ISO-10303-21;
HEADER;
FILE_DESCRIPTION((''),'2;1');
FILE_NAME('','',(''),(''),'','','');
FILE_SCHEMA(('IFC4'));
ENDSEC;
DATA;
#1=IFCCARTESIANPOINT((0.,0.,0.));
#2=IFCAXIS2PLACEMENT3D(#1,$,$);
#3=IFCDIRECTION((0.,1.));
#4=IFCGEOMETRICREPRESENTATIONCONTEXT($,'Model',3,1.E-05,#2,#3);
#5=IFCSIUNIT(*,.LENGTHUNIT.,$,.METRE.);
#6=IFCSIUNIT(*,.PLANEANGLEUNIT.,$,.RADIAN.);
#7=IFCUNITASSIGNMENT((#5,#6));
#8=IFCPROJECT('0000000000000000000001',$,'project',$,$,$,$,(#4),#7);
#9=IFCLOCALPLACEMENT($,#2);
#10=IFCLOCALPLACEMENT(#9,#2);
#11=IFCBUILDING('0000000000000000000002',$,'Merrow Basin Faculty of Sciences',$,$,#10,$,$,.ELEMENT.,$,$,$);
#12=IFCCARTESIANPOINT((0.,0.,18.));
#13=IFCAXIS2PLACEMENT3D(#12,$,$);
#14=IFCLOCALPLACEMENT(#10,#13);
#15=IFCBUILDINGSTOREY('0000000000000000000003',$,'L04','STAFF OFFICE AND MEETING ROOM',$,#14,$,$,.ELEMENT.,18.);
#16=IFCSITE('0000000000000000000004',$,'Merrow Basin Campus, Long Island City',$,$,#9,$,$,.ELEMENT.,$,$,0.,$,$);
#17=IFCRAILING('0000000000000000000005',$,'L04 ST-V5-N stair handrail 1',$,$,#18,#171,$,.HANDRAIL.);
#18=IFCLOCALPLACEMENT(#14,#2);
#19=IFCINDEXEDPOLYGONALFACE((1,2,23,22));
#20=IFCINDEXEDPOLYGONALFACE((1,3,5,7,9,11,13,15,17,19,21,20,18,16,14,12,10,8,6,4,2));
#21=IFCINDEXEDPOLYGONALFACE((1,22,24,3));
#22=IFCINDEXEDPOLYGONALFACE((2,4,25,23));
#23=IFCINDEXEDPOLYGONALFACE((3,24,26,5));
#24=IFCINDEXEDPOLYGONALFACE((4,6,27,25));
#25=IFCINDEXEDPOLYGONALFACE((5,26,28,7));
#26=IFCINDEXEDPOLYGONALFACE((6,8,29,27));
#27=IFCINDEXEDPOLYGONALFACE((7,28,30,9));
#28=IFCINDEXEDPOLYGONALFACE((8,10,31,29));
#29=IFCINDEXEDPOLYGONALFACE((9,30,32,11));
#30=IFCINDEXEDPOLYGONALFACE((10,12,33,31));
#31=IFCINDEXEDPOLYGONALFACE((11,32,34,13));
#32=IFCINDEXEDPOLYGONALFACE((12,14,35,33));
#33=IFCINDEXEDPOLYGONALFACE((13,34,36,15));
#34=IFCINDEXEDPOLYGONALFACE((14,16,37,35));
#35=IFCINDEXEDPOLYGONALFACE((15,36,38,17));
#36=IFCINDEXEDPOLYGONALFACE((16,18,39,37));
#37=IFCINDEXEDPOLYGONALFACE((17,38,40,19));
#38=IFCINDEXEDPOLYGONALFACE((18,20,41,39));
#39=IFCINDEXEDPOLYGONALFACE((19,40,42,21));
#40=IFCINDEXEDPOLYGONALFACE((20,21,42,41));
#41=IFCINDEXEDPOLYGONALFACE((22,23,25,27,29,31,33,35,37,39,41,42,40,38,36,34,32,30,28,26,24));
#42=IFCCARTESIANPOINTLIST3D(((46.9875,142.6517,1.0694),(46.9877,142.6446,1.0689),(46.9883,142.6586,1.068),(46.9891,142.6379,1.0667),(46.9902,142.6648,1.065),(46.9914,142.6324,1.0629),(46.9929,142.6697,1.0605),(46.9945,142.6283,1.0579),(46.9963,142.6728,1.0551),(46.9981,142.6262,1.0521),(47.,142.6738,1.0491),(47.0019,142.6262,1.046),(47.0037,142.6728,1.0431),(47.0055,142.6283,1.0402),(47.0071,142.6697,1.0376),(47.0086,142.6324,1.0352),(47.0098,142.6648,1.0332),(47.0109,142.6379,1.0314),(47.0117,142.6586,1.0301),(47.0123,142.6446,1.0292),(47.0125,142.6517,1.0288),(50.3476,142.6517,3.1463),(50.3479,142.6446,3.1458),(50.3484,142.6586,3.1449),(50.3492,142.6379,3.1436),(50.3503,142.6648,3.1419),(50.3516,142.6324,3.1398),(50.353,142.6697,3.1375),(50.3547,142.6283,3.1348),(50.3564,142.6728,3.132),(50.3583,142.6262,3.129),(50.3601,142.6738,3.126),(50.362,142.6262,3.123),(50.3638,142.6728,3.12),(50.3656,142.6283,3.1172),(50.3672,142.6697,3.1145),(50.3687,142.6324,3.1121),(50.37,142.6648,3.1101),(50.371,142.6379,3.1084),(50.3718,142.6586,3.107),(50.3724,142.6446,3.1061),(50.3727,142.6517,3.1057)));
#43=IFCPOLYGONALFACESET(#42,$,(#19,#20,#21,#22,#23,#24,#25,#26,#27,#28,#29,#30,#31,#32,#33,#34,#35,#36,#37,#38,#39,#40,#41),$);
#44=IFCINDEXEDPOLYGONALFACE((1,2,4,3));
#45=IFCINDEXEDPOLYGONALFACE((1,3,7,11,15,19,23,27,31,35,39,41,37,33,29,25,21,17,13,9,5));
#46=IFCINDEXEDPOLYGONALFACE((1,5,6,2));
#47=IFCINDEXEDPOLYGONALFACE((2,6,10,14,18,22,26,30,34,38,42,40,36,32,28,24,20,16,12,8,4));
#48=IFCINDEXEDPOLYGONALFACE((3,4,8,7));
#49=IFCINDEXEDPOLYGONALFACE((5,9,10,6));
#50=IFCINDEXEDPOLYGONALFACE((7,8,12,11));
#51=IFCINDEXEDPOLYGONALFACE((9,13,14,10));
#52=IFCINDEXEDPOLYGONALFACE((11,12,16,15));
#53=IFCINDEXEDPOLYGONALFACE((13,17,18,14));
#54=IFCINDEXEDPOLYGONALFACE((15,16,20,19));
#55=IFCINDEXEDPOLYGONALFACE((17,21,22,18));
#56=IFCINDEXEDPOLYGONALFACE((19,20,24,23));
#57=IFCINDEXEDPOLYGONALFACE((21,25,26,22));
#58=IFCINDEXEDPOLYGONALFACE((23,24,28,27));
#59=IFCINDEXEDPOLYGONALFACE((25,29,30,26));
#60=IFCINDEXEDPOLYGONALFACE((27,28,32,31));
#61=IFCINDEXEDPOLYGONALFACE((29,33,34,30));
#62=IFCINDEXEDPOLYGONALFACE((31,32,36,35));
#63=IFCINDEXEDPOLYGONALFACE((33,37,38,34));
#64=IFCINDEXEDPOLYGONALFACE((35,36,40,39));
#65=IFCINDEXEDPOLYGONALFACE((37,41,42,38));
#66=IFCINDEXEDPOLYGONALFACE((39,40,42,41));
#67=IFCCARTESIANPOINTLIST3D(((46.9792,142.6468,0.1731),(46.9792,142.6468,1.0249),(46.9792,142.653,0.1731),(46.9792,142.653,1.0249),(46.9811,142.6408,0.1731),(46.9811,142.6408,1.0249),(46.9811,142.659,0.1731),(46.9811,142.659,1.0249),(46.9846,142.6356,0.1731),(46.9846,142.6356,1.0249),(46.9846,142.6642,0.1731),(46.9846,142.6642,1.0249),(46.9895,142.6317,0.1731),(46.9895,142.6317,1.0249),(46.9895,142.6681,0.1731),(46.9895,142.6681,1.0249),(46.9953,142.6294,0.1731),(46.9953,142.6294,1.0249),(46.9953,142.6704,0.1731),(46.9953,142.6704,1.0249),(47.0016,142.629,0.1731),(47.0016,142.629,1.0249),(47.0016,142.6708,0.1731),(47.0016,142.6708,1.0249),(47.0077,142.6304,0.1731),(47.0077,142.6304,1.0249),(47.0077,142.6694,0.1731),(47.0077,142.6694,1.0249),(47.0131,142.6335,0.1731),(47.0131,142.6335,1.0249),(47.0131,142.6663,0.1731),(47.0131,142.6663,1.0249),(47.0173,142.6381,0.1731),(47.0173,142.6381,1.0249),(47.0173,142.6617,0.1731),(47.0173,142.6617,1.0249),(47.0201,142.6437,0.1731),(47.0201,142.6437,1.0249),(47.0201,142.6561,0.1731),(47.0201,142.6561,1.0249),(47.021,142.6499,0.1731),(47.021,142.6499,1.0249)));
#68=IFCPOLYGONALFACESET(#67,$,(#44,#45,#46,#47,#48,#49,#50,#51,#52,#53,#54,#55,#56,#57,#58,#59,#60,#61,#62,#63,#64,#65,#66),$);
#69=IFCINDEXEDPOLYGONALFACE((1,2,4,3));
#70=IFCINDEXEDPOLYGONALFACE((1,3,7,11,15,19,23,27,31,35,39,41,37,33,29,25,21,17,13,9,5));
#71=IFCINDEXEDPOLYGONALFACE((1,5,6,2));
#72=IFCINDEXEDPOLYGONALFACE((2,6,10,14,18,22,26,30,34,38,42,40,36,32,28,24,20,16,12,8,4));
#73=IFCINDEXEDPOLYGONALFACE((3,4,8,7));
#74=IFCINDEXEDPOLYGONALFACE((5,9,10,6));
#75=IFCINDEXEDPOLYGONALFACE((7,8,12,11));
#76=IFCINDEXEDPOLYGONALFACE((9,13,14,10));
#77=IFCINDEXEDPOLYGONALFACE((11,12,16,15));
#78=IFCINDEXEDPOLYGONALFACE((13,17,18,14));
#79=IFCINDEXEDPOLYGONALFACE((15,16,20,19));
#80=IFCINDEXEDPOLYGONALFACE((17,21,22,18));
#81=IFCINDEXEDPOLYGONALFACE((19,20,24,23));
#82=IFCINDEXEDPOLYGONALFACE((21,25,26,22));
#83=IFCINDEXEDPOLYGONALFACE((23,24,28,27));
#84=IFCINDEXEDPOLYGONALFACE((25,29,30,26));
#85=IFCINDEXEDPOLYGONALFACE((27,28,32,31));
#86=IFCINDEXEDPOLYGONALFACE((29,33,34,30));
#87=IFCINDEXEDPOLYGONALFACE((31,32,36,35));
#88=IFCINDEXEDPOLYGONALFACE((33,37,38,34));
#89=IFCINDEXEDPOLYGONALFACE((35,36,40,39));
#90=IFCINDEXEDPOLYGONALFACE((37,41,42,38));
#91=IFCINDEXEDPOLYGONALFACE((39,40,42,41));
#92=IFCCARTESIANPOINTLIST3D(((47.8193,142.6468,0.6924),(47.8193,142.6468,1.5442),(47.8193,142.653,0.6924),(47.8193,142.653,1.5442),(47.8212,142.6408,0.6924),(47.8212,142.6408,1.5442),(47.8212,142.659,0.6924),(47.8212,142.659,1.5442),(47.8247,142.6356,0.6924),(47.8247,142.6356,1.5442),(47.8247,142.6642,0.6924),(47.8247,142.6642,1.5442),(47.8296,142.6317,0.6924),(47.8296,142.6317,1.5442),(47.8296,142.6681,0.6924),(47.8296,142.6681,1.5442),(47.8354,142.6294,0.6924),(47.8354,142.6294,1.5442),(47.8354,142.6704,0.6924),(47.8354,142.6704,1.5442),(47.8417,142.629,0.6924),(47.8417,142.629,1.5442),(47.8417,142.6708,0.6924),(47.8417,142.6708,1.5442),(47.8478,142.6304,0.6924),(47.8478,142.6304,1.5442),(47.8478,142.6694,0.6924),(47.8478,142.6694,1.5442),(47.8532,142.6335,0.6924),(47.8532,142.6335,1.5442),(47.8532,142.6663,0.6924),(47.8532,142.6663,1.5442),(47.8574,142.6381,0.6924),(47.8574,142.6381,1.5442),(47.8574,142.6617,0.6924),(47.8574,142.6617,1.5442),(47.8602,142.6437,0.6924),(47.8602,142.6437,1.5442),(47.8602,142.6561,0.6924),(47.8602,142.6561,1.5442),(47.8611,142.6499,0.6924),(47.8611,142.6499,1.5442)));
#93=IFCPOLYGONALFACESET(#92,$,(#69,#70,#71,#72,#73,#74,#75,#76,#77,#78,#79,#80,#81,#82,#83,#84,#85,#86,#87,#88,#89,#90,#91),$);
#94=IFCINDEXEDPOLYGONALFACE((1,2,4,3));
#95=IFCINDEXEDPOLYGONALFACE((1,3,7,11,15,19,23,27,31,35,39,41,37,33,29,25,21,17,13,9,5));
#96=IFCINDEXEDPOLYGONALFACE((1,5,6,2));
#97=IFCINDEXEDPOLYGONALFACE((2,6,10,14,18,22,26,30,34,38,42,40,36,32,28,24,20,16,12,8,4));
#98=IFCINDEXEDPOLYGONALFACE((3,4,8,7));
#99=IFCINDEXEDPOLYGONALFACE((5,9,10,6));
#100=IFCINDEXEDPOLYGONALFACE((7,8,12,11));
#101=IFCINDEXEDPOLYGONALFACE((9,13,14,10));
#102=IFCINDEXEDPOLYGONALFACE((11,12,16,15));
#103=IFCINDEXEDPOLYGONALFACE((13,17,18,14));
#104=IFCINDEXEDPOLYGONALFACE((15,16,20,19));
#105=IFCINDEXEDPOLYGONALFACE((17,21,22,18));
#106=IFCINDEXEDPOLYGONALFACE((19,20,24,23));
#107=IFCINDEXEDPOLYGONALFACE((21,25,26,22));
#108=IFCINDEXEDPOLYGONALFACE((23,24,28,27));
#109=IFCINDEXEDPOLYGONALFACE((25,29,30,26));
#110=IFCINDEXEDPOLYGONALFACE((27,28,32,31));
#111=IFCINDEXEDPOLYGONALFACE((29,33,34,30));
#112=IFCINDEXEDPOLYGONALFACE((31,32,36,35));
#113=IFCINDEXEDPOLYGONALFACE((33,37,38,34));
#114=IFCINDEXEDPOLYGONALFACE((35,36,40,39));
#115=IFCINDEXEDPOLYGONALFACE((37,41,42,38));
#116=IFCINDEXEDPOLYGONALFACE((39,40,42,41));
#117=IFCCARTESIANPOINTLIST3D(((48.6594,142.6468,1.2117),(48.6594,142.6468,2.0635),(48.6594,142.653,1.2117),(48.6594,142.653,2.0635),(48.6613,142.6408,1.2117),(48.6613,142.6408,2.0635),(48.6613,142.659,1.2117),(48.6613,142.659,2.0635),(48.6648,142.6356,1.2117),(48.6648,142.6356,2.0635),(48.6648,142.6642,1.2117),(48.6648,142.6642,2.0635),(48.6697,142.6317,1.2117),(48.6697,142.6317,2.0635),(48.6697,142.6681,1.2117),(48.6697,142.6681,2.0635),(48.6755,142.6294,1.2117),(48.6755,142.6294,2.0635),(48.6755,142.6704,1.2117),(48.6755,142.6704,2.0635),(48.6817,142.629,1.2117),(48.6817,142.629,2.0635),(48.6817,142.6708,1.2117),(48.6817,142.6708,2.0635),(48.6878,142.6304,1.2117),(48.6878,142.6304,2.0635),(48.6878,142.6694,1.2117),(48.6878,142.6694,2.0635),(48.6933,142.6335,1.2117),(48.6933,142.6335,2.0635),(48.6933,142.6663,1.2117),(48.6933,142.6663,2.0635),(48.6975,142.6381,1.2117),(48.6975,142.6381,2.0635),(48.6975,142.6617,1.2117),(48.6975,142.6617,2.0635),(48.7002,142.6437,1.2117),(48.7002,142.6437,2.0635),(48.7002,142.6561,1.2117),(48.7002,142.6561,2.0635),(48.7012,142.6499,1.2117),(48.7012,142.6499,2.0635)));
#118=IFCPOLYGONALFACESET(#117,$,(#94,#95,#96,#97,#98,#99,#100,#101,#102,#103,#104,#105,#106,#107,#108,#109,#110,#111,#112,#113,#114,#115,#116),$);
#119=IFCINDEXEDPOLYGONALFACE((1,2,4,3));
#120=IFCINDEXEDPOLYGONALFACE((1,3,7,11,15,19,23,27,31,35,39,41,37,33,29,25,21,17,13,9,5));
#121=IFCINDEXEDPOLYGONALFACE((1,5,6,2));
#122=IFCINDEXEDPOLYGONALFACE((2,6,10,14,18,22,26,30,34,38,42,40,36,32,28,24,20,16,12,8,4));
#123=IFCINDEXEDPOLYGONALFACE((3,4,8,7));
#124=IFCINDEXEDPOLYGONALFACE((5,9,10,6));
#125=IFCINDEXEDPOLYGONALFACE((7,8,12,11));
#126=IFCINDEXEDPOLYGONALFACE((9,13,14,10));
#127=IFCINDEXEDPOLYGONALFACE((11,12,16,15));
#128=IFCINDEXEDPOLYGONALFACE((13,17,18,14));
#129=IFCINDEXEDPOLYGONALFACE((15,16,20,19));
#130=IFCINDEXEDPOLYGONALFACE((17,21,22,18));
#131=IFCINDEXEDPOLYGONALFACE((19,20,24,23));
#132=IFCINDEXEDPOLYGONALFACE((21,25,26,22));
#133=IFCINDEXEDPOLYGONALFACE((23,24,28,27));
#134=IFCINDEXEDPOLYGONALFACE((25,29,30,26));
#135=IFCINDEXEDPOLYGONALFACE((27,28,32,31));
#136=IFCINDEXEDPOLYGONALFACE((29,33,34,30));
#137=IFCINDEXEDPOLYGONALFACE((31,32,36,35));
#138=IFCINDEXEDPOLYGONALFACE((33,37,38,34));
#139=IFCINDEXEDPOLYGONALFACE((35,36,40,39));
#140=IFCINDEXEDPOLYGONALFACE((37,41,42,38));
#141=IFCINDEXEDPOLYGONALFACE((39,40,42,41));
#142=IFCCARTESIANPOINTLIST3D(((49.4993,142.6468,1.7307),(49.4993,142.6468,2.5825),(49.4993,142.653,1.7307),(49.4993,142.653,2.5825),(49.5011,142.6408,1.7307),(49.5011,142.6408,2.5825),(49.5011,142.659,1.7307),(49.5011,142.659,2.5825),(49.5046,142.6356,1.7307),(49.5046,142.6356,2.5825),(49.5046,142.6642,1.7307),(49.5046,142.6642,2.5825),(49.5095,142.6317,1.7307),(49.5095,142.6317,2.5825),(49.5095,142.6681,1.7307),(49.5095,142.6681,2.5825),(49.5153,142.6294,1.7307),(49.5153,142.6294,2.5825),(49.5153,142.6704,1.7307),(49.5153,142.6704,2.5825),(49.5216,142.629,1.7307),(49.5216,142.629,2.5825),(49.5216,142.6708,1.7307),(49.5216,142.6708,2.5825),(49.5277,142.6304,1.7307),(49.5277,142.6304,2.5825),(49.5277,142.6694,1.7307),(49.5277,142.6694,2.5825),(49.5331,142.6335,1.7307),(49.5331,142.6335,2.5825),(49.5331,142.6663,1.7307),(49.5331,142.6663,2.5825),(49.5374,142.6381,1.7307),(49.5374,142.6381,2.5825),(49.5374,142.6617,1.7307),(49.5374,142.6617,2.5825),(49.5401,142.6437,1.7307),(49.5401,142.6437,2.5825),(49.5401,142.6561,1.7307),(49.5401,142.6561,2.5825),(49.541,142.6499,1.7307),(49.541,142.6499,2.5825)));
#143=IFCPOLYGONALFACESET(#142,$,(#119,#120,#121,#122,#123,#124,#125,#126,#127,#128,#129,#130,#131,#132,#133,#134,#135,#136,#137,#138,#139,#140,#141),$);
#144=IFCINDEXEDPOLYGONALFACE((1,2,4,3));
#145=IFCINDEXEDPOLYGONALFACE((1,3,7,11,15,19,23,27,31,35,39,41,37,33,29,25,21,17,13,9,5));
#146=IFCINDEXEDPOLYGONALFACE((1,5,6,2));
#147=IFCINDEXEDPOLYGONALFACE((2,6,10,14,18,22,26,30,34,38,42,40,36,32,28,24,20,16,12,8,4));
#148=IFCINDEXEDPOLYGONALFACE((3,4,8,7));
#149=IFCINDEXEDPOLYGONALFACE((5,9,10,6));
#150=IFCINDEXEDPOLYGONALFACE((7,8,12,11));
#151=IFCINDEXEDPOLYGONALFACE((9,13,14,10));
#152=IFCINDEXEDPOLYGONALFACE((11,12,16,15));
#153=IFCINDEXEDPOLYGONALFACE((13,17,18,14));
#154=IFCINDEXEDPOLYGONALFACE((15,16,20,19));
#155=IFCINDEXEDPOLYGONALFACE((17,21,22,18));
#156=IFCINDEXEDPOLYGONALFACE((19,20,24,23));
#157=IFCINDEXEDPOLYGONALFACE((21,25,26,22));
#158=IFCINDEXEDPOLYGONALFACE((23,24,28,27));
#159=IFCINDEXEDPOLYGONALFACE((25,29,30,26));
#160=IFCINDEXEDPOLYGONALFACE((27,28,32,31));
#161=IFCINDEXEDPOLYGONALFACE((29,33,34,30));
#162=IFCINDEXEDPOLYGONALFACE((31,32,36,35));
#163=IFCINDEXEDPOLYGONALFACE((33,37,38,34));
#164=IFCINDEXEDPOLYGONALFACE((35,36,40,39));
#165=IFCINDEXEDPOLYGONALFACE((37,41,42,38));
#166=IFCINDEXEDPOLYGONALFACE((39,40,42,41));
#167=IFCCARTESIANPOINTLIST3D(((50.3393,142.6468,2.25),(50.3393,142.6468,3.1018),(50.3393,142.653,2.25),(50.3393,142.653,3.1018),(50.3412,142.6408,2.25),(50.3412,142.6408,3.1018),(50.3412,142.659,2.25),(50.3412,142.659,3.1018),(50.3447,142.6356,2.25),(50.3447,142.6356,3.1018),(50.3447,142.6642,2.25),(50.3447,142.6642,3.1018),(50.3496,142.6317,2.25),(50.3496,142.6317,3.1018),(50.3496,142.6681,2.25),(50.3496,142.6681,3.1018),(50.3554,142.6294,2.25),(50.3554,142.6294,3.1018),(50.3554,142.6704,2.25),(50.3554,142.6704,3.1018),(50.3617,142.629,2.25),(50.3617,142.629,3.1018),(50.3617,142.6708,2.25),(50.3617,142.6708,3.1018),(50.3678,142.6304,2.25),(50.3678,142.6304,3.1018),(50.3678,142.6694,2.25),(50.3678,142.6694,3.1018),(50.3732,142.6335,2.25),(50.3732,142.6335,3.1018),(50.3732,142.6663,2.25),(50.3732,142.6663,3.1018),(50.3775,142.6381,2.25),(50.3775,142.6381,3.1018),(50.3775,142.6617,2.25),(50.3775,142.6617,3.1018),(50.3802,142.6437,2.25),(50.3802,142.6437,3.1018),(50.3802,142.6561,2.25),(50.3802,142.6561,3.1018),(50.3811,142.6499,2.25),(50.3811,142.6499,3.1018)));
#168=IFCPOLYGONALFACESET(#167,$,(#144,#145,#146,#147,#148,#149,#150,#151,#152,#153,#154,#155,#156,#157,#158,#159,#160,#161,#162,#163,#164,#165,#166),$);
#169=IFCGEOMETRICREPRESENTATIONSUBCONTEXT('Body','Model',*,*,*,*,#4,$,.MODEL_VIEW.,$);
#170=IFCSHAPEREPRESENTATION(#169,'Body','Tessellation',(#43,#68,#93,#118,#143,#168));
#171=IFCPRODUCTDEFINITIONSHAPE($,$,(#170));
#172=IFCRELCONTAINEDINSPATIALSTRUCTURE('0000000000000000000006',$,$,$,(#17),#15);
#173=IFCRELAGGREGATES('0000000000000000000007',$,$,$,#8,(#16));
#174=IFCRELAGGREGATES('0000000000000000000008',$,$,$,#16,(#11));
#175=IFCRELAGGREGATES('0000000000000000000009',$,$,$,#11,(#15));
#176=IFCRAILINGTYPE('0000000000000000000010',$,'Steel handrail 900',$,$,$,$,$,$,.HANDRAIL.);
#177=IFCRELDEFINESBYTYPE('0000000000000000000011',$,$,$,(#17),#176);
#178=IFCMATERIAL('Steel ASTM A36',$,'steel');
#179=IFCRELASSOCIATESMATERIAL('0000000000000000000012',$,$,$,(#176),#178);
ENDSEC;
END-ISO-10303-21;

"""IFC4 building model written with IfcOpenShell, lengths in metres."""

from ifc_helpers import new_model, si_unit, direction, frame, origin, origin_2d, place, context, subcontext, project, spatial, circle, extrude, material, type_object, element, save


model = new_model("IFC4")

# Units and contexts
model_context = context("Model", 3, precision=1e-05, world=origin(), true_north=direction((0.0, 1.0)))
body_context = subcontext(model_context, "Body", "Model", "MODEL_VIEW")
ifc_project = project(units=[si_unit("LENGTHUNIT", "METRE"), si_unit("PLANEANGLEUNIT", "RADIAN")], contexts=[model_context])

# Site, building, storey
site_placement = place(None, origin())
site = spatial("IfcSite", under=ifc_project, at=site_placement, Name="Merrow Basin Campus, Long Island City", CompositionType="ELEMENT", RefElevation=0.0)
building_placement = place(site_placement, origin())
building = spatial("IfcBuilding", under=site, at=building_placement, Name="Merrow Basin Faculty of Sciences", CompositionType="ELEMENT")
storey_placement = place(building_placement, frame((0.0, 0.0, 18.0)))
storey = spatial("IfcBuildingStorey", under=building, at=storey_placement, Name="L04", Description="STAFF OFFICE AND MEETING ROOM", CompositionType="ELEMENT", Elevation=18.0)

# Railing
ifc_material_1 = material(Name="Steel ASTM A36", Category="steel")
railing_type_1 = type_object("IfcRailingType", Name="Steel handrail 900", PredefinedType="HANDRAIL", material=ifc_material_1)
railing_1_placement = place(storey_placement, frame((47.0, 142.6499, 0.1731)))
element("IfcRailing", 1, at=railing_1_placement, inside=storey, type_object=railing_type_1, Name="L04 ST-V5-N stair handrail 1", PredefinedType="HANDRAIL", context=body_context, shape_type="SweptSolid", body=[
    extrude(circle(Radius=0.0239, at=origin_2d()), frame((0.0, 0.0, 0.876), z_axis=(0.850623, 0.0, 0.525776), x_axis=(0.0, 1.0, 0.0)), (0.0, 0.0, 1.0), 3.9502),
    extrude(circle(Radius=0.021, at=origin_2d()), origin(), (0.0, 0.0, 1.0), 0.8518),
    extrude(circle(Radius=0.021, at=origin_2d()), frame((0.8401, 0.0, 0.5193)), (0.0, 0.0, 1.0), 0.8518),
    extrude(circle(Radius=0.021, at=origin_2d()), frame((1.6802, 0.0, 1.0386)), (0.0, 0.0, 1.0), 0.8518),
    extrude(circle(Radius=0.021, at=origin_2d()), frame((2.52, 0.0, 1.5576)), (0.0, 0.0, 1.0), 0.8518),
    extrude(circle(Radius=0.021, at=origin_2d()), frame((3.3601, 0.0, 2.0769)), (0.0, 0.0, 1.0), 0.8518),
])

save(model, "model.ifc")
